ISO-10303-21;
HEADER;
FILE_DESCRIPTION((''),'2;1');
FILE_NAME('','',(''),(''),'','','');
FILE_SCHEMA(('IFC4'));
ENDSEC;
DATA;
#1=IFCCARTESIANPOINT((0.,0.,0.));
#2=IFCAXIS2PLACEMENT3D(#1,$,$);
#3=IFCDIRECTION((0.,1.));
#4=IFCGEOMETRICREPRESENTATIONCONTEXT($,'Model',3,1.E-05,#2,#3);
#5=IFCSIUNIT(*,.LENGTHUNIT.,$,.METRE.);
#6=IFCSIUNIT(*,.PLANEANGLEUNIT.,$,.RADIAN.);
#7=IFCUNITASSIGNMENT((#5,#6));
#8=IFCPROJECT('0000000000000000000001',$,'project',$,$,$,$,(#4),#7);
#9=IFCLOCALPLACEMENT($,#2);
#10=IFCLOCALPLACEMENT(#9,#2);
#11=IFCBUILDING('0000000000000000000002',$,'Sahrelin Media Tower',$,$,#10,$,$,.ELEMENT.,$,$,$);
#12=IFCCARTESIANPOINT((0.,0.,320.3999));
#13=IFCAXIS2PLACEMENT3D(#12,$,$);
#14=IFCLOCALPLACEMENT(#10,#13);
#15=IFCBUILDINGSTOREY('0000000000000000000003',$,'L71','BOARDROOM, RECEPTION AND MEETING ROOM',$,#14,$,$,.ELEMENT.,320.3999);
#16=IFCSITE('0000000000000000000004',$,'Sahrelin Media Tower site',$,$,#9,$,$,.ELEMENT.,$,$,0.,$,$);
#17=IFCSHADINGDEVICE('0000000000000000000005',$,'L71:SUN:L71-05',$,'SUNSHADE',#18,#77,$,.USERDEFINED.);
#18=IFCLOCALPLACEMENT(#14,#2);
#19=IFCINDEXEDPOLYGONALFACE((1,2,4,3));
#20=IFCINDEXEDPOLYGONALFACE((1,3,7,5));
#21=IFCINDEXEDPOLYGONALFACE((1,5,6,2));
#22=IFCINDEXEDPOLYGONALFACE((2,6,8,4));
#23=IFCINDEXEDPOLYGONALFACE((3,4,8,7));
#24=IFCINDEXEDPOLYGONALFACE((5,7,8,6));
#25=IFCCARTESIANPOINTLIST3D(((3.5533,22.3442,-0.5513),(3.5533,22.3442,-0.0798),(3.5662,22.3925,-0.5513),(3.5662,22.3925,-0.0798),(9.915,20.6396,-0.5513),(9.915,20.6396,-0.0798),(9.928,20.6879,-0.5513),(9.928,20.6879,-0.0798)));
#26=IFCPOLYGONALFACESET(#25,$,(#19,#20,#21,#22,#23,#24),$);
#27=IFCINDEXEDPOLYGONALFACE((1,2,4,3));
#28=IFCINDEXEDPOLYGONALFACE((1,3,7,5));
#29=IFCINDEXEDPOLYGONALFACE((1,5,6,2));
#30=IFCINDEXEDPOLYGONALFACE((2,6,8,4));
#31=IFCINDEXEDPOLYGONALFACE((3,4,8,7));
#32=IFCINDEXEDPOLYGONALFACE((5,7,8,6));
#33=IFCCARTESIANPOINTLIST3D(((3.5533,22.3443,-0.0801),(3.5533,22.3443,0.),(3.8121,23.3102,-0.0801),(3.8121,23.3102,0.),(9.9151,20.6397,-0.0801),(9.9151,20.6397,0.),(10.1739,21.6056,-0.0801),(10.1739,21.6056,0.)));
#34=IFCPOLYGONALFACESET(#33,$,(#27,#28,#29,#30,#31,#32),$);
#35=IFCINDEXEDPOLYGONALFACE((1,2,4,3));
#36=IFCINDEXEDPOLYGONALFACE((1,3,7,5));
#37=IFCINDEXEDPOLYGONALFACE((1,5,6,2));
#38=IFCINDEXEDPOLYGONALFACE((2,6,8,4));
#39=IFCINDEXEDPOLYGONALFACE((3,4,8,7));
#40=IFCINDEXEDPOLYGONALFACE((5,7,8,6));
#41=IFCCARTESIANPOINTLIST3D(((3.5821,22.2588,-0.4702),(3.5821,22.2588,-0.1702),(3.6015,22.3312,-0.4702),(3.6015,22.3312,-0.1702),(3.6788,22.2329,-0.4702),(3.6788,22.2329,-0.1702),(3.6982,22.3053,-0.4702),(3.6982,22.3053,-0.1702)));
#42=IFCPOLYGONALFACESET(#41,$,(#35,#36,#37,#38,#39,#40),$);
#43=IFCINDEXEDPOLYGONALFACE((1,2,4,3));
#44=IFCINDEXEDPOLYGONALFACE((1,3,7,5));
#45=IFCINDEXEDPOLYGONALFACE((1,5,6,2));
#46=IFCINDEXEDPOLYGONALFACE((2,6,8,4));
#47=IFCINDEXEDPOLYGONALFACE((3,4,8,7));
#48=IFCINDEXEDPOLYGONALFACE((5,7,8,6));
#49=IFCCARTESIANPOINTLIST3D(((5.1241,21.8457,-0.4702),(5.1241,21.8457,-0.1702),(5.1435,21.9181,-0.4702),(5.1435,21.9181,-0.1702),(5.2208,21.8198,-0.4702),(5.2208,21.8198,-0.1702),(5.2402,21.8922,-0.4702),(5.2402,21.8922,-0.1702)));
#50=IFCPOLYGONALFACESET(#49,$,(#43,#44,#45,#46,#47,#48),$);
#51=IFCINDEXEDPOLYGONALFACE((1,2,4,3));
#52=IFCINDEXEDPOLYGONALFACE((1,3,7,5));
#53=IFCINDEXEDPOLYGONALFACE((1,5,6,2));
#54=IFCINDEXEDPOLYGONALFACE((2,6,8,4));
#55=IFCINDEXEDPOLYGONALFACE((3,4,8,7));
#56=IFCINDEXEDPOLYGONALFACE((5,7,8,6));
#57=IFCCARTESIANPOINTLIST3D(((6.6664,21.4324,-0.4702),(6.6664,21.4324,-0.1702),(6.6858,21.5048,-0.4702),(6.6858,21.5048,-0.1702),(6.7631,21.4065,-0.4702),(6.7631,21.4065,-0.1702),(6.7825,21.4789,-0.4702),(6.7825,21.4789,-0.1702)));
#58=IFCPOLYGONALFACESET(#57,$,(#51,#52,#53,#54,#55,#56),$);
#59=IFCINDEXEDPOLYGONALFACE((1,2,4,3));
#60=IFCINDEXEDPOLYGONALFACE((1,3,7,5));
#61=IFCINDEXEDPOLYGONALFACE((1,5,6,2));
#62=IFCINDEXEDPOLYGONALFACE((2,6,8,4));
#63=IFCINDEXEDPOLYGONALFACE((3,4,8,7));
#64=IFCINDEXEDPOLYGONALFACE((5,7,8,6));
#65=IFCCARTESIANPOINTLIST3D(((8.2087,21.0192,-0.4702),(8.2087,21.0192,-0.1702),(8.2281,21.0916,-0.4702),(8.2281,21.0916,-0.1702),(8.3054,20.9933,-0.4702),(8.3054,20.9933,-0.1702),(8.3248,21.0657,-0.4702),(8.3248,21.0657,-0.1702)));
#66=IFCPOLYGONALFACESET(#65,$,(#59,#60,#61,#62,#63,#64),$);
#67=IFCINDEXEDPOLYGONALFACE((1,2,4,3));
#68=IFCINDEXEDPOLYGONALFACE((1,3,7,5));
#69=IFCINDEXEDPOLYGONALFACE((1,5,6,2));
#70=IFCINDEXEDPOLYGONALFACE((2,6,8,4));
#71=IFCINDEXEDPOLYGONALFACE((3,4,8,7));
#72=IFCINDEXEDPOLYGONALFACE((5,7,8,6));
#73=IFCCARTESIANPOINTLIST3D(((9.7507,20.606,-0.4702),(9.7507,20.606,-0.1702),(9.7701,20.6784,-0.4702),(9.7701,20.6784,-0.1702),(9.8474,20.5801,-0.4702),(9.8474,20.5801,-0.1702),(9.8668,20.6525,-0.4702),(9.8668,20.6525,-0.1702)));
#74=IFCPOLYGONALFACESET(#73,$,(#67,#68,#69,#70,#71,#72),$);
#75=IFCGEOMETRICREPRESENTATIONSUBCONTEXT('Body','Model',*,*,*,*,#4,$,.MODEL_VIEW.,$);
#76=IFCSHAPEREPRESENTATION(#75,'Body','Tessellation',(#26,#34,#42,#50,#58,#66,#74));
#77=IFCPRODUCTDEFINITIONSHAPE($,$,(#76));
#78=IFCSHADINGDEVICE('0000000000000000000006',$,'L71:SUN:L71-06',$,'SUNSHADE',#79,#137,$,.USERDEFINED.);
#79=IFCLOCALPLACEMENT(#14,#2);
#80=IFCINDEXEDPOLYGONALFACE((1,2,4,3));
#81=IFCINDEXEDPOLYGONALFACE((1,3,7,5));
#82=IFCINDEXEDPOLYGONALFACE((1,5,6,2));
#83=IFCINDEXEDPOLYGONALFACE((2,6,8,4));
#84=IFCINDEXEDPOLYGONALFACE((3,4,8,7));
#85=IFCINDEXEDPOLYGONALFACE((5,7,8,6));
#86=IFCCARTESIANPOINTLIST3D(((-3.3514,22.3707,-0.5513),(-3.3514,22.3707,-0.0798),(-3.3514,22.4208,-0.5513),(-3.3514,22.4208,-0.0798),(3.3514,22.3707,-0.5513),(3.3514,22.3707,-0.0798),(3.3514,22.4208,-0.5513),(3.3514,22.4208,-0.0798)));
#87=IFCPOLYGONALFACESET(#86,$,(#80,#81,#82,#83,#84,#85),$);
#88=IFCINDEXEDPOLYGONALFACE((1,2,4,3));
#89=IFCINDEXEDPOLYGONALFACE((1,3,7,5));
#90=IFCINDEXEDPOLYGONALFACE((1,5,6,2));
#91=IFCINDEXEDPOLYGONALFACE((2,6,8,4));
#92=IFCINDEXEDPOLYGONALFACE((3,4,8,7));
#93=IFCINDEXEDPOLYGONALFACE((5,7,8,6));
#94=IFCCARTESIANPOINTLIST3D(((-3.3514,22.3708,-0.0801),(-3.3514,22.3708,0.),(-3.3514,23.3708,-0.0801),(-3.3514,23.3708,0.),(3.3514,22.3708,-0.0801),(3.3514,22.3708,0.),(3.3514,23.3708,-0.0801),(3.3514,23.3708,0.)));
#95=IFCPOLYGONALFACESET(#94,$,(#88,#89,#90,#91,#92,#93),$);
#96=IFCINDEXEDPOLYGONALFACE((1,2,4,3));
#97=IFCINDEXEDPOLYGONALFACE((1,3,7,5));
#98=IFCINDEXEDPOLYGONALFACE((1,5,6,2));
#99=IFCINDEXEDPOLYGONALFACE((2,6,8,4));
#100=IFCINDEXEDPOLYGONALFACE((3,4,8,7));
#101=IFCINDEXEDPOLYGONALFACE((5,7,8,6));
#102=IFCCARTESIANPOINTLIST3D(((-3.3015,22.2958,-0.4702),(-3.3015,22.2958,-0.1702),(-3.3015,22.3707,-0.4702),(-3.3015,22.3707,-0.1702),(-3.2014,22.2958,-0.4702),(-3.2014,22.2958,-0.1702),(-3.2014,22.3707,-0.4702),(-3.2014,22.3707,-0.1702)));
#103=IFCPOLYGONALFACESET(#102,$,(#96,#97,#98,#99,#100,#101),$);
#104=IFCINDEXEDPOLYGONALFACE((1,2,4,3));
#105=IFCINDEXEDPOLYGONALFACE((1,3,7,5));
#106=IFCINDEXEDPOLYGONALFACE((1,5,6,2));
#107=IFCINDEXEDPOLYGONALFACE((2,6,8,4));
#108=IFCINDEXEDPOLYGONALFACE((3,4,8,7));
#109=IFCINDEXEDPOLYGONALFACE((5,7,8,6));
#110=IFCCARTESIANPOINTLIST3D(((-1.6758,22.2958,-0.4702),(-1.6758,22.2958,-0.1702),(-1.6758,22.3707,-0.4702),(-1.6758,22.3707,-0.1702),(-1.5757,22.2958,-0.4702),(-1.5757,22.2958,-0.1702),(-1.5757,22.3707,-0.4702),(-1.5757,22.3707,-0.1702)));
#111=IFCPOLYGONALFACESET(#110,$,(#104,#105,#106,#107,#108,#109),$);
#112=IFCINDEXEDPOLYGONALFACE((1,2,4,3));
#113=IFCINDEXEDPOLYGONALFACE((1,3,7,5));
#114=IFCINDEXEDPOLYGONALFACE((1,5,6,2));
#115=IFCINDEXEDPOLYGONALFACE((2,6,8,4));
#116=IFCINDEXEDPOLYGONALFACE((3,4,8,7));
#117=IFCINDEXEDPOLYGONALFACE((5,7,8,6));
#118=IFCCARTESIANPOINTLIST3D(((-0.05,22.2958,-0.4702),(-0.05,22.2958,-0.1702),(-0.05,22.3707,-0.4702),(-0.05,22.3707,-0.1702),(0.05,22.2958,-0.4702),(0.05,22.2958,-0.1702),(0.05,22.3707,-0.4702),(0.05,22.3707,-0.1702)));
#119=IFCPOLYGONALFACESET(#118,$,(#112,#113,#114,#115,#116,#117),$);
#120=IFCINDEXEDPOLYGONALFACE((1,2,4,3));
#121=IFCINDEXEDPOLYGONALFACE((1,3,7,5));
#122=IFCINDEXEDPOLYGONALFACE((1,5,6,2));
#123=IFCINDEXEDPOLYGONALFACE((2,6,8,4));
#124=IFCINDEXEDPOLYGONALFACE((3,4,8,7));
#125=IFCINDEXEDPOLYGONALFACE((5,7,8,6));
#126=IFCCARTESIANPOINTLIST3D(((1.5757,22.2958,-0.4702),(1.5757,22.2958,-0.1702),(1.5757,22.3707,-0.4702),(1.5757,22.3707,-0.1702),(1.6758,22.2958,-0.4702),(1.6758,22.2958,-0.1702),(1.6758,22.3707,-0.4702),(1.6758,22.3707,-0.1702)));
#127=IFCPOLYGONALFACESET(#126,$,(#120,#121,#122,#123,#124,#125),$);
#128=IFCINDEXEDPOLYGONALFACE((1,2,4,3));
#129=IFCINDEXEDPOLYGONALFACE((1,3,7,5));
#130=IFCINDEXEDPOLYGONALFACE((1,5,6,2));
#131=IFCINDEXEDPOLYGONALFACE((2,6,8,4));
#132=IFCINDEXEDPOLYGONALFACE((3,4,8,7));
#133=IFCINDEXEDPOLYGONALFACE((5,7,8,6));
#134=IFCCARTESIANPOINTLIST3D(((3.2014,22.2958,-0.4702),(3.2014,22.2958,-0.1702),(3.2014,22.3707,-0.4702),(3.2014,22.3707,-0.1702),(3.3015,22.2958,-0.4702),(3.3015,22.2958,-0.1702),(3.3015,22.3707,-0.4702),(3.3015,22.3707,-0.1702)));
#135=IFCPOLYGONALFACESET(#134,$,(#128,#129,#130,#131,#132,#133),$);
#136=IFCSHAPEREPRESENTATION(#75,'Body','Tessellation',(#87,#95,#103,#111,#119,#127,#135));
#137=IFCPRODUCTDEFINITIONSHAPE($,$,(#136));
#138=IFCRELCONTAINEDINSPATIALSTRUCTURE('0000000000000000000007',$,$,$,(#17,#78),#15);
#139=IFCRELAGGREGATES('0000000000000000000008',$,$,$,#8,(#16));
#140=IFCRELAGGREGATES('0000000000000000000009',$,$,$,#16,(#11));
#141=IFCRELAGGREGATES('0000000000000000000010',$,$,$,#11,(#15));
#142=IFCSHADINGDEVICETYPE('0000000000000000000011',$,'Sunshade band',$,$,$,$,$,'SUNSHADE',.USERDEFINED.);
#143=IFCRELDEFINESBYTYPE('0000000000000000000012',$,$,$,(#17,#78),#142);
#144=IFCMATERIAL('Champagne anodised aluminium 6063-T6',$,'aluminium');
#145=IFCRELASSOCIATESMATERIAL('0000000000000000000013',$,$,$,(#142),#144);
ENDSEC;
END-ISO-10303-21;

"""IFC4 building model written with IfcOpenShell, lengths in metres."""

from ifc_helpers import new_model, si_unit, direction, frame, origin, origin_2d, place, context, subcontext, project, spatial, rectangle, extrude, material, type_object, element, save


model = new_model("IFC4")

# Units and contexts
model_context = context("Model", 3, precision=1e-05, world=origin(), true_north=direction((0.0, 1.0)))
body_context = subcontext(model_context, "Body", "Model", "MODEL_VIEW")
ifc_project = project(units=[si_unit("LENGTHUNIT", "METRE"), si_unit("PLANEANGLEUNIT", "RADIAN")], contexts=[model_context])

# Site, building, storey
site_placement = place(None, origin())
site = spatial("IfcSite", under=ifc_project, at=site_placement, Name="Sahrelin Media Tower site", CompositionType="ELEMENT", RefElevation=0.0)
building_placement = place(site_placement, origin())
building = spatial("IfcBuilding", under=site, at=building_placement, Name="Sahrelin Media Tower", CompositionType="ELEMENT")
storey_placement = place(building_placement, frame((0.0, 0.0, 320.3999)))
storey = spatial("IfcBuildingStorey", under=building, at=storey_placement, Name="L71", Description="BOARDROOM, RECEPTION AND MEETING ROOM", CompositionType="ELEMENT", Elevation=320.3999)

# Shared definitions
ifc_material_1 = material(Name="Champagne anodised aluminium 6063-T6", Category="aluminium")
placement_1 = place(storey_placement, frame((0.0, 22.3508, 0.0), z_axis=(0.0, 0.0, 1.0), x_axis=(1.0, 0.0, 0.0)))

# Shading devices
placement_2 = place(storey_placement, frame((6.729, 21.4727, 0.0), z_axis=(0.0, 0.0, 1.0), x_axis=(0.965929, -0.258808, 0.0)))
shading_device_type_1 = type_object("IfcShadingDeviceType", Name="Sunshade band", ElementType="SUNSHADE", PredefinedType="USERDEFINED", material=ifc_material_1)
element("IfcShadingDevice", 1, at=placement_2, inside=storey, type_object=shading_device_type_1, Name="L71:SUN:L71-05", ObjectType="SUNSHADE", PredefinedType="USERDEFINED", context=body_context, shape_type="SweptSolid", body=[
    extrude(rectangle(XDim=6.5862, YDim=0.05, at=origin_2d()), frame((0.0, 0.0449, -0.5513)), (0.0, 0.0, 1.0), 0.4714),
    extrude(rectangle(XDim=6.5862, YDim=1.0, at=origin_2d()), frame((0.0, 0.52, -0.0801)), (0.0, 0.0, 1.0), 0.0801),
    extrude(rectangle(XDim=0.1001, YDim=0.075, at=origin_2d()), frame((-3.1931, -0.0176, -0.4702)), (0.0, 0.0, 1.0), 0.3),
    extrude(rectangle(XDim=0.1001, YDim=0.075, at=origin_2d()), frame((-1.5967, -0.0176, -0.4702)), (0.0, 0.0, 1.0), 0.3),
    extrude(rectangle(XDim=0.1001, YDim=0.075, at=origin_2d()), frame((0.0, -0.0176, -0.4702)), (0.0, 0.0, 1.0), 0.3),
    extrude(rectangle(XDim=0.1001, YDim=0.075, at=origin_2d()), frame((1.5967, -0.0176, -0.4702)), (0.0, 0.0, 1.0), 0.3),
    extrude(rectangle(XDim=0.1001, YDim=0.075, at=origin_2d()), frame((3.1931, -0.0176, -0.4702)), (0.0, 0.0, 1.0), 0.3),
])
element("IfcShadingDevice", 2, at=placement_1, inside=storey, type_object=shading_device_type_1, Name="L71:SUN:L71-06", ObjectType="SUNSHADE", PredefinedType="USERDEFINED", context=body_context, shape_type="SweptSolid", body=[
    extrude(rectangle(XDim=6.7029, YDim=0.05, at=origin_2d()), frame((0.0, 0.0449, -0.5513)), (0.0, 0.0, 1.0), 0.4714),
    extrude(rectangle(XDim=6.7029, YDim=1.0, at=origin_2d()), frame((0.0, 0.52, -0.0801)), (0.0, 0.0, 1.0), 0.0801),
    extrude(rectangle(XDim=0.1001, YDim=0.075, at=origin_2d()), frame((-3.2515, -0.0176, -0.4702)), (0.0, 0.0, 1.0), 0.3),
    extrude(rectangle(XDim=0.1001, YDim=0.075, at=origin_2d()), frame((-1.6257, -0.0176, -0.4702)), (0.0, 0.0, 1.0), 0.3),
    extrude(rectangle(XDim=0.1001, YDim=0.075, at=origin_2d()), frame((0.0, -0.0176, -0.4702)), (0.0, 0.0, 1.0), 0.3),
    extrude(rectangle(XDim=0.1001, YDim=0.075, at=origin_2d()), frame((1.6257, -0.0176, -0.4702)), (0.0, 0.0, 1.0), 0.3),
    extrude(rectangle(XDim=0.1001, YDim=0.075, at=origin_2d()), frame((3.2515, -0.0176, -0.4702)), (0.0, 0.0, 1.0), 0.3),
])

save(model, "model.ifc")
